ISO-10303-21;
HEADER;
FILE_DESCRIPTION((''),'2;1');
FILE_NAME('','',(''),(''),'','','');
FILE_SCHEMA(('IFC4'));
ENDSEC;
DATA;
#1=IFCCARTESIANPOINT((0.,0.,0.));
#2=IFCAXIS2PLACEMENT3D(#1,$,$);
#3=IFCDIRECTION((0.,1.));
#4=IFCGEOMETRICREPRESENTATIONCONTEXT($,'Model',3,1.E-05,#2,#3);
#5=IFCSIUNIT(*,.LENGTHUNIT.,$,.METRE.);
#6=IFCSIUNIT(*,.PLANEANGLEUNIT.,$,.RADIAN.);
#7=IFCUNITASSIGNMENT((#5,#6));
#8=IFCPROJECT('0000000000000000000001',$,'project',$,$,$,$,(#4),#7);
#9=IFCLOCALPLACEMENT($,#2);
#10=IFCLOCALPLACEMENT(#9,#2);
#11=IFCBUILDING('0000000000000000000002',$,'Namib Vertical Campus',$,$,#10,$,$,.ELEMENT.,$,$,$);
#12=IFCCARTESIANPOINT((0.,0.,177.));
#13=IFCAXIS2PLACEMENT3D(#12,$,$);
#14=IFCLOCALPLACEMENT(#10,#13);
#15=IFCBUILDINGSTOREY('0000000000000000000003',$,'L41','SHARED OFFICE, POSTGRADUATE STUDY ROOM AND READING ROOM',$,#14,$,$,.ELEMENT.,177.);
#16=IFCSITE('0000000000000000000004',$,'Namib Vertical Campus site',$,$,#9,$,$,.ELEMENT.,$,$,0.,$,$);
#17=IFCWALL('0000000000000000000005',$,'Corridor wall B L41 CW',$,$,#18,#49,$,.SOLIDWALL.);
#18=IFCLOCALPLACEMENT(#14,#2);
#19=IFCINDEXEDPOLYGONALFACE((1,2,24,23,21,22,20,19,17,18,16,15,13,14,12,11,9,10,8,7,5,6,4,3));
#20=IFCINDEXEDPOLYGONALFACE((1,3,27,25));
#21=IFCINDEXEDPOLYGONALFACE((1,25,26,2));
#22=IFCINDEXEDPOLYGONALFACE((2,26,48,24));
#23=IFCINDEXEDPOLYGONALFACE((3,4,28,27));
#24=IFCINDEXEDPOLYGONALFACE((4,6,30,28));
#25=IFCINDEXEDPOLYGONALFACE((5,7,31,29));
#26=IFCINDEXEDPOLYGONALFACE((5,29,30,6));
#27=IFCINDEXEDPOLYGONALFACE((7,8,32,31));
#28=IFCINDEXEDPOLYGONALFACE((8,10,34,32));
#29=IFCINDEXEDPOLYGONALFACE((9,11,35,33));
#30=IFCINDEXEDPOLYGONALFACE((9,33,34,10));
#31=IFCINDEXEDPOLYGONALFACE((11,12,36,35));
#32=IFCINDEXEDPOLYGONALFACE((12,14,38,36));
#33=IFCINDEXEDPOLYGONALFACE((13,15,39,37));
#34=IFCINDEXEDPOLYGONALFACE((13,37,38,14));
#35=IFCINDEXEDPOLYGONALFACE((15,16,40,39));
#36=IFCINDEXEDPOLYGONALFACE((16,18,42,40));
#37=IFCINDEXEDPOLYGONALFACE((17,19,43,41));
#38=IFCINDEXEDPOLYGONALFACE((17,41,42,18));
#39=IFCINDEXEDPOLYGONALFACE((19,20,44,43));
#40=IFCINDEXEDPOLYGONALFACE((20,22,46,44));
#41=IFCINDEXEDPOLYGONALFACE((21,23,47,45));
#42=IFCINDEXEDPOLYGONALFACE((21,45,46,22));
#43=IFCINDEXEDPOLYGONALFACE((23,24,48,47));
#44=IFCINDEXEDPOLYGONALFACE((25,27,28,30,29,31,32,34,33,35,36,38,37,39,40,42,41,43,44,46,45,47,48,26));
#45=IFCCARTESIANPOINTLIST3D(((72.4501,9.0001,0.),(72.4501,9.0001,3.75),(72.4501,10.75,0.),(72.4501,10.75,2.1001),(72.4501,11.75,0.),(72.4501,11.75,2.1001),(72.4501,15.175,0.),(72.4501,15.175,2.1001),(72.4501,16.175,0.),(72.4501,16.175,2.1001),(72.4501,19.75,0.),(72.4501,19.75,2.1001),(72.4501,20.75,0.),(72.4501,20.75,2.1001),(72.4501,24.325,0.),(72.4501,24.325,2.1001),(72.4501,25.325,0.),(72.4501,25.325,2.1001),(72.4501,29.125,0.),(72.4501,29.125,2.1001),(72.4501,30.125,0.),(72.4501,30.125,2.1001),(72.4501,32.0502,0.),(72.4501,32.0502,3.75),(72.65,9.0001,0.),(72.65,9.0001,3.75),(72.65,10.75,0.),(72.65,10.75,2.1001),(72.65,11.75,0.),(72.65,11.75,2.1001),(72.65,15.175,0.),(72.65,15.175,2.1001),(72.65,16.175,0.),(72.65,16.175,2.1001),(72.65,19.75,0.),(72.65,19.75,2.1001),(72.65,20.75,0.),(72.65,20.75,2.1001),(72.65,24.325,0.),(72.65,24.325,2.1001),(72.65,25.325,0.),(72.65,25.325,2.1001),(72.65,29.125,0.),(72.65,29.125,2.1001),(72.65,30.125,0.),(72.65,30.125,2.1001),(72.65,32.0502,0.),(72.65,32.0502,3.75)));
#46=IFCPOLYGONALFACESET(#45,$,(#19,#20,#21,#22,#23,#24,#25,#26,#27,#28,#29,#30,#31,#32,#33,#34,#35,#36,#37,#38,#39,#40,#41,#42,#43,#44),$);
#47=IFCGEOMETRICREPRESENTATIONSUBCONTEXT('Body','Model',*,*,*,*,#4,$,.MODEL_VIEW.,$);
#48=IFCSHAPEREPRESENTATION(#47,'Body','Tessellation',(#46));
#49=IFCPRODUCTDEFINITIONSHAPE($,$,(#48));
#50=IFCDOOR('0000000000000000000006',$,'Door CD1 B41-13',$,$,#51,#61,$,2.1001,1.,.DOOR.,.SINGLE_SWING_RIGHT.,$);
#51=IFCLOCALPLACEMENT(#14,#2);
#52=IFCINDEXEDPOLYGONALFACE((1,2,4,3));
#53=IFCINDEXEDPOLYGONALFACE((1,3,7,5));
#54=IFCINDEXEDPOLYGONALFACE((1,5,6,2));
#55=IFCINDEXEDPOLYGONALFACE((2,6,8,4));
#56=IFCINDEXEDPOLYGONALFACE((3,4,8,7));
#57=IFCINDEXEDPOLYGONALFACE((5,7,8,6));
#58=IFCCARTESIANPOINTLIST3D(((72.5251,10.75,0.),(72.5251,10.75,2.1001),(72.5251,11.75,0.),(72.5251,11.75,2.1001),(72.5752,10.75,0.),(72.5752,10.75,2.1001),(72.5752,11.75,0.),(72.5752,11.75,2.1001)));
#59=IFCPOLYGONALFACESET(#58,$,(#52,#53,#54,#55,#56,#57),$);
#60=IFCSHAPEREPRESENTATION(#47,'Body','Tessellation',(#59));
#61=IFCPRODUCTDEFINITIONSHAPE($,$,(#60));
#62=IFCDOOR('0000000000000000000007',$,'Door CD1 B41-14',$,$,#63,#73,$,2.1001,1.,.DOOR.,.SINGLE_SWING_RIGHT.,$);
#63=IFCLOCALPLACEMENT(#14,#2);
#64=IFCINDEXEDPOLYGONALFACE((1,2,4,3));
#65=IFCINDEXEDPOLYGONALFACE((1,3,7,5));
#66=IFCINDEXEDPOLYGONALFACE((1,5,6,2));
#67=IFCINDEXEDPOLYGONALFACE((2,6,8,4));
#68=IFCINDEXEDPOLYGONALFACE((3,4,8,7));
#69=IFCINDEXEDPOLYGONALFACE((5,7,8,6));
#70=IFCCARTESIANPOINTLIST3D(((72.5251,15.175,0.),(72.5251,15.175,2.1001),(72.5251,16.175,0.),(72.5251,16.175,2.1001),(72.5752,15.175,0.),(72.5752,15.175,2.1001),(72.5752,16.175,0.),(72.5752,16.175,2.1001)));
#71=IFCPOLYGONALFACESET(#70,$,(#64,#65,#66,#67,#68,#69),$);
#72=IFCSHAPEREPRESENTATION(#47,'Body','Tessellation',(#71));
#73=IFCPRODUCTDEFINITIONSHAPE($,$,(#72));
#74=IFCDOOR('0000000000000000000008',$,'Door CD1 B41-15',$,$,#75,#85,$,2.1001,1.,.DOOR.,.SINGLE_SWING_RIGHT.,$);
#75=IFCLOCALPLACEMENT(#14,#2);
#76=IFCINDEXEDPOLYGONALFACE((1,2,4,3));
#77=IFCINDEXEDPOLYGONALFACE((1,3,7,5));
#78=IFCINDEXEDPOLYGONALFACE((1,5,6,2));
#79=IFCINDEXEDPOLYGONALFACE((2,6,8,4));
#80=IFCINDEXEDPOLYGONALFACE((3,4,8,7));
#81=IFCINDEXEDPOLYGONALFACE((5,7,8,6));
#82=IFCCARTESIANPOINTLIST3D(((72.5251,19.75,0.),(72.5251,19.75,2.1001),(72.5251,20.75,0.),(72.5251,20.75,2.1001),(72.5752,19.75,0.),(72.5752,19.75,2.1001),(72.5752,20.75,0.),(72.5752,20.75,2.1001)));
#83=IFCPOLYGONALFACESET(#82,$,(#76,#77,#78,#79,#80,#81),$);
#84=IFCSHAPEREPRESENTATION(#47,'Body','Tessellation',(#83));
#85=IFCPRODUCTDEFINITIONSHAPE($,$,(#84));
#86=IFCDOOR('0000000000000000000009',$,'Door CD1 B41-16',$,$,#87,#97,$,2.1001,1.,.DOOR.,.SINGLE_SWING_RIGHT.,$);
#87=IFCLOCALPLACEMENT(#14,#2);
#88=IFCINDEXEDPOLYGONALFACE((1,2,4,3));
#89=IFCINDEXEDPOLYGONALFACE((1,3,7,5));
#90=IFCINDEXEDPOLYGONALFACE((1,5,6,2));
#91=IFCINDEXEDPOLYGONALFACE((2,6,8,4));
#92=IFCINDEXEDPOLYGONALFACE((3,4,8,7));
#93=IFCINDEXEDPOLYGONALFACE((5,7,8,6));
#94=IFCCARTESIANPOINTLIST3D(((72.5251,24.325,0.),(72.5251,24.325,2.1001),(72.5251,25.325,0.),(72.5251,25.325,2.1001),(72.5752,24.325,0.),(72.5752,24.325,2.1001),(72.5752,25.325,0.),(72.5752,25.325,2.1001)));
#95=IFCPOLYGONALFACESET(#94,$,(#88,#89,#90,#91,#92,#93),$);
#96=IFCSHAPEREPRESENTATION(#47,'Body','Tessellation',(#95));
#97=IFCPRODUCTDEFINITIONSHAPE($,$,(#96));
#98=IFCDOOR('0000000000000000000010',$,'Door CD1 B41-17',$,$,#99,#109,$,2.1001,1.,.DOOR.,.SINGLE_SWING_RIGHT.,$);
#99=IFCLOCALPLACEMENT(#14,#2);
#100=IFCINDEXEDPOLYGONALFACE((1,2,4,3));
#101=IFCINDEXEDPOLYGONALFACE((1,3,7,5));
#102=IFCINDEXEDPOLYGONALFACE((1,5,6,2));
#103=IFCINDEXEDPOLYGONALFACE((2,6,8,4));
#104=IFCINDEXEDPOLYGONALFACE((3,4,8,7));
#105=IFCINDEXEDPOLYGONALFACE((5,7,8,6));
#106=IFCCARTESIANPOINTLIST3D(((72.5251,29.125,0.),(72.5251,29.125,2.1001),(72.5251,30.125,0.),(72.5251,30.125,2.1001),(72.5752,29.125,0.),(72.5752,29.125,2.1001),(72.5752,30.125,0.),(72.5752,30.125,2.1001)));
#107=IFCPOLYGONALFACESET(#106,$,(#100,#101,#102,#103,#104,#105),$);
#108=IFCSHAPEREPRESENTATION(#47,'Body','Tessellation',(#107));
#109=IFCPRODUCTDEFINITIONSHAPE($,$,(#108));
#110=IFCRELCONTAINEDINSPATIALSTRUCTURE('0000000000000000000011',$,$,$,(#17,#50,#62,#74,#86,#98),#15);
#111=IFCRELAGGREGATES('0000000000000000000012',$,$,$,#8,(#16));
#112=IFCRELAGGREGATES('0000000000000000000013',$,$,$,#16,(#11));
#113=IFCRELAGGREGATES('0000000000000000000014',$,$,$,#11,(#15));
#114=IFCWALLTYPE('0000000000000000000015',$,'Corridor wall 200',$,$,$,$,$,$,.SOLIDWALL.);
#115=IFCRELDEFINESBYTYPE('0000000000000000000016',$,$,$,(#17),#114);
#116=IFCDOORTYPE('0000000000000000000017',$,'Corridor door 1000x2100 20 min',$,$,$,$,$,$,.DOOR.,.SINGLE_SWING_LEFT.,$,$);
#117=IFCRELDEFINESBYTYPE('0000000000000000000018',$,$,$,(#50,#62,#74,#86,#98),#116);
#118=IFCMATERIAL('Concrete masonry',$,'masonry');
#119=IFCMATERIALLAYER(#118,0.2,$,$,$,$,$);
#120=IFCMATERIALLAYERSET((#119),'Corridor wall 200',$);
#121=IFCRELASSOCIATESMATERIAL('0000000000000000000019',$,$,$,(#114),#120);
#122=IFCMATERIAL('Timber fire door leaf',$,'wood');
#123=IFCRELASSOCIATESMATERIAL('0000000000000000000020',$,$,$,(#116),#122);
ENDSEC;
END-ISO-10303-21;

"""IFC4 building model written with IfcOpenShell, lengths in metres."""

from ifc_helpers import new_model, si_unit, direction, frame, frame_2d, origin, place, context, subcontext, project, spatial, rectangle, extrude, material, layer, layer_set, type_object, element, fill, save


model = new_model("IFC4")

# Units and contexts
model_context = context("Model", 3, precision=1e-05, world=origin(), true_north=direction((0.0, 1.0)))
body_context = subcontext(model_context, "Body", "Model", "MODEL_VIEW")
ifc_project = project(units=[si_unit("LENGTHUNIT", "METRE"), si_unit("PLANEANGLEUNIT", "RADIAN")], contexts=[model_context])

# Site, building, storey
site_placement = place(None, origin())
site = spatial("IfcSite", under=ifc_project, at=site_placement, Name="Namib Vertical Campus site", CompositionType="ELEMENT", RefElevation=0.0)
building_placement = place(site_placement, origin())
building = spatial("IfcBuilding", under=site, at=building_placement, Name="Namib Vertical Campus", CompositionType="ELEMENT")
storey_placement = place(building_placement, frame((0.0, 0.0, 177.0)))
storey = spatial("IfcBuildingStorey", under=building, at=storey_placement, Name="L41", Description="SHARED OFFICE, POSTGRADUATE STUDY ROOM AND READING ROOM", CompositionType="ELEMENT", Elevation=177.0)

# Wall, openings, doors
ifc_material_1 = material(Name="Concrete masonry", Category="masonry")
ifc_layer_1 = layer(ifc_material_1, 0.2)
ifc_layer_set_1 = layer_set([ifc_layer_1], Name="Corridor wall 200")
wall_type_1 = type_object("IfcWallType", Name="Corridor wall 200", PredefinedType="SOLIDWALL", material=ifc_layer_set_1)
ifc_material_2 = material(Name="Timber fire door leaf", Category="wood")
door_type_1 = type_object("IfcDoorType", Name="Corridor door 1000x2100 20 min", OperationType="SINGLE_SWING_LEFT", PredefinedType="DOOR", material=ifc_material_2)
wall_1_placement = place(storey_placement, frame((72.55, 32.05, 0.0), z_axis=(0.0, 0.0, 1.0), x_axis=(0.0, -1.0, 0.0)))
wall_1 = element("IfcWall", 1, at=wall_1_placement, inside=storey, type_object=wall_type_1, Name="Corridor wall B L41 CW", PredefinedType="SOLIDWALL", context=body_context, shape_type="SweptSolid", body=[
    extrude(rectangle(XDim=23.05, YDim=0.2, at=frame_2d((11.5249, 0.0))), origin(), (0.0, 0.0, 1.0), 3.75),
])
opening_1_placement = place(wall_1_placement, frame((20.3, 0.0, 0.0)))
opening_1 = element("IfcOpeningElement", 2, at=opening_1_placement, cuts=wall_1, PredefinedType="OPENING", context=body_context, shape_type="SweptSolid", body=[
    extrude(rectangle(XDim=1.0, YDim=2.1001, at=frame_2d((0.5, 1.05))), frame((0.0, 0.1099, 0.0), z_axis=(0.0, -1.0, 0.0), x_axis=(1.0, 0.0, 0.0)), (0.0, 0.0, 1.0), 0.22),
])
opening_2_placement = place(wall_1_placement, frame((15.875, 0.0, 0.0)))
opening_2 = element("IfcOpeningElement", 3, at=opening_2_placement, cuts=wall_1, PredefinedType="OPENING", context=body_context, shape_type="SweptSolid", body=[
    extrude(rectangle(XDim=1.0, YDim=2.1001, at=frame_2d((0.5, 1.05))), frame((0.0, 0.1099, 0.0), z_axis=(0.0, -1.0, 0.0), x_axis=(1.0, 0.0, 0.0)), (0.0, 0.0, 1.0), 0.22),
])
opening_3_placement = place(wall_1_placement, frame((11.3, 0.0, 0.0)))
opening_3 = element("IfcOpeningElement", 4, at=opening_3_placement, cuts=wall_1, PredefinedType="OPENING", context=body_context, shape_type="SweptSolid", body=[
    extrude(rectangle(XDim=1.0, YDim=2.1001, at=frame_2d((0.5, 1.05))), frame((0.0, 0.1099, 0.0), z_axis=(0.0, -1.0, 0.0), x_axis=(1.0, 0.0, 0.0)), (0.0, 0.0, 1.0), 0.22),
])
opening_4_placement = place(wall_1_placement, frame((6.7251, 0.0, 0.0)))
opening_4 = element("IfcOpeningElement", 5, at=opening_4_placement, cuts=wall_1, PredefinedType="OPENING", context=body_context, shape_type="SweptSolid", body=[
    extrude(rectangle(XDim=1.0, YDim=2.1001, at=frame_2d((0.5, 1.05))), frame((0.0, 0.1099, 0.0), z_axis=(0.0, -1.0, 0.0), x_axis=(1.0, 0.0, 0.0)), (0.0, 0.0, 1.0), 0.22),
])
opening_5_placement = place(wall_1_placement, frame((1.925, 0.0, 0.0)))
opening_5 = element("IfcOpeningElement", 6, at=opening_5_placement, cuts=wall_1, PredefinedType="OPENING", context=body_context, shape_type="SweptSolid", body=[
    extrude(rectangle(XDim=1.0, YDim=2.1001, at=frame_2d((0.5, 1.05))), frame((0.0, 0.1099, 0.0), z_axis=(0.0, -1.0, 0.0), x_axis=(1.0, 0.0, 0.0)), (0.0, 0.0, 1.0), 0.22),
])
door_1_placement = place(opening_1_placement, frame((1.0, 0.0, 0.0), z_axis=(0.0, 0.0, 1.0), x_axis=(-1.0, 0.0, 0.0)))
door_1 = element("IfcDoor", 7, at=door_1_placement, inside=storey, type_object=door_type_1, Name="Door CD1 B41-13", OperationType="SINGLE_SWING_RIGHT", OverallHeight=2.1001, OverallWidth=1.0, PredefinedType="DOOR", context=body_context, shape_type="SweptSolid", body=[
    extrude(rectangle(XDim=1.0, YDim=2.1001, at=frame_2d((0.5, 1.05))), frame((0.0, 0.0249, 0.0), z_axis=(0.0, -1.0, 0.0), x_axis=(1.0, 0.0, 0.0)), (0.0, 0.0, 1.0), 0.05),
])
fill(opening_1, door_1)
door_2_placement = place(opening_2_placement, frame((1.0, 0.0, 0.0), z_axis=(0.0, 0.0, 1.0), x_axis=(-1.0, 0.0, 0.0)))
door_2 = element("IfcDoor", 8, at=door_2_placement, inside=storey, type_object=door_type_1, Name="Door CD1 B41-14", OperationType="SINGLE_SWING_RIGHT", OverallHeight=2.1001, OverallWidth=1.0, PredefinedType="DOOR", context=body_context, shape_type="SweptSolid", body=[
    extrude(rectangle(XDim=1.0, YDim=2.1001, at=frame_2d((0.5, 1.05))), frame((0.0, 0.0249, 0.0), z_axis=(0.0, -1.0, 0.0), x_axis=(1.0, 0.0, 0.0)), (0.0, 0.0, 1.0), 0.05),
])
fill(opening_2, door_2)
door_3_placement = place(opening_3_placement, frame((1.0, 0.0, 0.0), z_axis=(0.0, 0.0, 1.0), x_axis=(-1.0, 0.0, 0.0)))
door_3 = element("IfcDoor", 9, at=door_3_placement, inside=storey, type_object=door_type_1, Name="Door CD1 B41-15", OperationType="SINGLE_SWING_RIGHT", OverallHeight=2.1001, OverallWidth=1.0, PredefinedType="DOOR", context=body_context, shape_type="SweptSolid", body=[
    extrude(rectangle(XDim=1.0, YDim=2.1001, at=frame_2d((0.5, 1.05))), frame((0.0, 0.0249, 0.0), z_axis=(0.0, -1.0, 0.0), x_axis=(1.0, 0.0, 0.0)), (0.0, 0.0, 1.0), 0.05),
])
fill(opening_3, door_3)
door_4_placement = place(opening_4_placement, frame((1.0, 0.0, 0.0), z_axis=(0.0, 0.0, 1.0), x_axis=(-1.0, 0.0, 0.0)))
door_4 = element("IfcDoor", 10, at=door_4_placement, inside=storey, type_object=door_type_1, Name="Door CD1 B41-16", OperationType="SINGLE_SWING_RIGHT", OverallHeight=2.1001, OverallWidth=1.0, PredefinedType="DOOR", context=body_context, shape_type="SweptSolid", body=[
    extrude(rectangle(XDim=1.0, YDim=2.1001, at=frame_2d((0.5, 1.05))), frame((0.0, 0.0249, 0.0), z_axis=(0.0, -1.0, 0.0), x_axis=(1.0, 0.0, 0.0)), (0.0, 0.0, 1.0), 0.05),
])
fill(opening_4, door_4)
door_5_placement = place(opening_5_placement, frame((1.0, 0.0, 0.0), z_axis=(0.0, 0.0, 1.0), x_axis=(-1.0, 0.0, 0.0)))
door_5 = element("IfcDoor", 11, at=door_5_placement, inside=storey, type_object=door_type_1, Name="Door CD1 B41-17", OperationType="SINGLE_SWING_RIGHT", OverallHeight=2.1001, OverallWidth=1.0, PredefinedType="DOOR", context=body_context, shape_type="SweptSolid", body=[
    extrude(rectangle(XDim=1.0, YDim=2.1001, at=frame_2d((0.5, 1.05))), frame((0.0, 0.0249, 0.0), z_axis=(0.0, -1.0, 0.0), x_axis=(1.0, 0.0, 0.0)), (0.0, 0.0, 1.0), 0.05),
])
fill(opening_5, door_5)

save(model, "model.ifc")
